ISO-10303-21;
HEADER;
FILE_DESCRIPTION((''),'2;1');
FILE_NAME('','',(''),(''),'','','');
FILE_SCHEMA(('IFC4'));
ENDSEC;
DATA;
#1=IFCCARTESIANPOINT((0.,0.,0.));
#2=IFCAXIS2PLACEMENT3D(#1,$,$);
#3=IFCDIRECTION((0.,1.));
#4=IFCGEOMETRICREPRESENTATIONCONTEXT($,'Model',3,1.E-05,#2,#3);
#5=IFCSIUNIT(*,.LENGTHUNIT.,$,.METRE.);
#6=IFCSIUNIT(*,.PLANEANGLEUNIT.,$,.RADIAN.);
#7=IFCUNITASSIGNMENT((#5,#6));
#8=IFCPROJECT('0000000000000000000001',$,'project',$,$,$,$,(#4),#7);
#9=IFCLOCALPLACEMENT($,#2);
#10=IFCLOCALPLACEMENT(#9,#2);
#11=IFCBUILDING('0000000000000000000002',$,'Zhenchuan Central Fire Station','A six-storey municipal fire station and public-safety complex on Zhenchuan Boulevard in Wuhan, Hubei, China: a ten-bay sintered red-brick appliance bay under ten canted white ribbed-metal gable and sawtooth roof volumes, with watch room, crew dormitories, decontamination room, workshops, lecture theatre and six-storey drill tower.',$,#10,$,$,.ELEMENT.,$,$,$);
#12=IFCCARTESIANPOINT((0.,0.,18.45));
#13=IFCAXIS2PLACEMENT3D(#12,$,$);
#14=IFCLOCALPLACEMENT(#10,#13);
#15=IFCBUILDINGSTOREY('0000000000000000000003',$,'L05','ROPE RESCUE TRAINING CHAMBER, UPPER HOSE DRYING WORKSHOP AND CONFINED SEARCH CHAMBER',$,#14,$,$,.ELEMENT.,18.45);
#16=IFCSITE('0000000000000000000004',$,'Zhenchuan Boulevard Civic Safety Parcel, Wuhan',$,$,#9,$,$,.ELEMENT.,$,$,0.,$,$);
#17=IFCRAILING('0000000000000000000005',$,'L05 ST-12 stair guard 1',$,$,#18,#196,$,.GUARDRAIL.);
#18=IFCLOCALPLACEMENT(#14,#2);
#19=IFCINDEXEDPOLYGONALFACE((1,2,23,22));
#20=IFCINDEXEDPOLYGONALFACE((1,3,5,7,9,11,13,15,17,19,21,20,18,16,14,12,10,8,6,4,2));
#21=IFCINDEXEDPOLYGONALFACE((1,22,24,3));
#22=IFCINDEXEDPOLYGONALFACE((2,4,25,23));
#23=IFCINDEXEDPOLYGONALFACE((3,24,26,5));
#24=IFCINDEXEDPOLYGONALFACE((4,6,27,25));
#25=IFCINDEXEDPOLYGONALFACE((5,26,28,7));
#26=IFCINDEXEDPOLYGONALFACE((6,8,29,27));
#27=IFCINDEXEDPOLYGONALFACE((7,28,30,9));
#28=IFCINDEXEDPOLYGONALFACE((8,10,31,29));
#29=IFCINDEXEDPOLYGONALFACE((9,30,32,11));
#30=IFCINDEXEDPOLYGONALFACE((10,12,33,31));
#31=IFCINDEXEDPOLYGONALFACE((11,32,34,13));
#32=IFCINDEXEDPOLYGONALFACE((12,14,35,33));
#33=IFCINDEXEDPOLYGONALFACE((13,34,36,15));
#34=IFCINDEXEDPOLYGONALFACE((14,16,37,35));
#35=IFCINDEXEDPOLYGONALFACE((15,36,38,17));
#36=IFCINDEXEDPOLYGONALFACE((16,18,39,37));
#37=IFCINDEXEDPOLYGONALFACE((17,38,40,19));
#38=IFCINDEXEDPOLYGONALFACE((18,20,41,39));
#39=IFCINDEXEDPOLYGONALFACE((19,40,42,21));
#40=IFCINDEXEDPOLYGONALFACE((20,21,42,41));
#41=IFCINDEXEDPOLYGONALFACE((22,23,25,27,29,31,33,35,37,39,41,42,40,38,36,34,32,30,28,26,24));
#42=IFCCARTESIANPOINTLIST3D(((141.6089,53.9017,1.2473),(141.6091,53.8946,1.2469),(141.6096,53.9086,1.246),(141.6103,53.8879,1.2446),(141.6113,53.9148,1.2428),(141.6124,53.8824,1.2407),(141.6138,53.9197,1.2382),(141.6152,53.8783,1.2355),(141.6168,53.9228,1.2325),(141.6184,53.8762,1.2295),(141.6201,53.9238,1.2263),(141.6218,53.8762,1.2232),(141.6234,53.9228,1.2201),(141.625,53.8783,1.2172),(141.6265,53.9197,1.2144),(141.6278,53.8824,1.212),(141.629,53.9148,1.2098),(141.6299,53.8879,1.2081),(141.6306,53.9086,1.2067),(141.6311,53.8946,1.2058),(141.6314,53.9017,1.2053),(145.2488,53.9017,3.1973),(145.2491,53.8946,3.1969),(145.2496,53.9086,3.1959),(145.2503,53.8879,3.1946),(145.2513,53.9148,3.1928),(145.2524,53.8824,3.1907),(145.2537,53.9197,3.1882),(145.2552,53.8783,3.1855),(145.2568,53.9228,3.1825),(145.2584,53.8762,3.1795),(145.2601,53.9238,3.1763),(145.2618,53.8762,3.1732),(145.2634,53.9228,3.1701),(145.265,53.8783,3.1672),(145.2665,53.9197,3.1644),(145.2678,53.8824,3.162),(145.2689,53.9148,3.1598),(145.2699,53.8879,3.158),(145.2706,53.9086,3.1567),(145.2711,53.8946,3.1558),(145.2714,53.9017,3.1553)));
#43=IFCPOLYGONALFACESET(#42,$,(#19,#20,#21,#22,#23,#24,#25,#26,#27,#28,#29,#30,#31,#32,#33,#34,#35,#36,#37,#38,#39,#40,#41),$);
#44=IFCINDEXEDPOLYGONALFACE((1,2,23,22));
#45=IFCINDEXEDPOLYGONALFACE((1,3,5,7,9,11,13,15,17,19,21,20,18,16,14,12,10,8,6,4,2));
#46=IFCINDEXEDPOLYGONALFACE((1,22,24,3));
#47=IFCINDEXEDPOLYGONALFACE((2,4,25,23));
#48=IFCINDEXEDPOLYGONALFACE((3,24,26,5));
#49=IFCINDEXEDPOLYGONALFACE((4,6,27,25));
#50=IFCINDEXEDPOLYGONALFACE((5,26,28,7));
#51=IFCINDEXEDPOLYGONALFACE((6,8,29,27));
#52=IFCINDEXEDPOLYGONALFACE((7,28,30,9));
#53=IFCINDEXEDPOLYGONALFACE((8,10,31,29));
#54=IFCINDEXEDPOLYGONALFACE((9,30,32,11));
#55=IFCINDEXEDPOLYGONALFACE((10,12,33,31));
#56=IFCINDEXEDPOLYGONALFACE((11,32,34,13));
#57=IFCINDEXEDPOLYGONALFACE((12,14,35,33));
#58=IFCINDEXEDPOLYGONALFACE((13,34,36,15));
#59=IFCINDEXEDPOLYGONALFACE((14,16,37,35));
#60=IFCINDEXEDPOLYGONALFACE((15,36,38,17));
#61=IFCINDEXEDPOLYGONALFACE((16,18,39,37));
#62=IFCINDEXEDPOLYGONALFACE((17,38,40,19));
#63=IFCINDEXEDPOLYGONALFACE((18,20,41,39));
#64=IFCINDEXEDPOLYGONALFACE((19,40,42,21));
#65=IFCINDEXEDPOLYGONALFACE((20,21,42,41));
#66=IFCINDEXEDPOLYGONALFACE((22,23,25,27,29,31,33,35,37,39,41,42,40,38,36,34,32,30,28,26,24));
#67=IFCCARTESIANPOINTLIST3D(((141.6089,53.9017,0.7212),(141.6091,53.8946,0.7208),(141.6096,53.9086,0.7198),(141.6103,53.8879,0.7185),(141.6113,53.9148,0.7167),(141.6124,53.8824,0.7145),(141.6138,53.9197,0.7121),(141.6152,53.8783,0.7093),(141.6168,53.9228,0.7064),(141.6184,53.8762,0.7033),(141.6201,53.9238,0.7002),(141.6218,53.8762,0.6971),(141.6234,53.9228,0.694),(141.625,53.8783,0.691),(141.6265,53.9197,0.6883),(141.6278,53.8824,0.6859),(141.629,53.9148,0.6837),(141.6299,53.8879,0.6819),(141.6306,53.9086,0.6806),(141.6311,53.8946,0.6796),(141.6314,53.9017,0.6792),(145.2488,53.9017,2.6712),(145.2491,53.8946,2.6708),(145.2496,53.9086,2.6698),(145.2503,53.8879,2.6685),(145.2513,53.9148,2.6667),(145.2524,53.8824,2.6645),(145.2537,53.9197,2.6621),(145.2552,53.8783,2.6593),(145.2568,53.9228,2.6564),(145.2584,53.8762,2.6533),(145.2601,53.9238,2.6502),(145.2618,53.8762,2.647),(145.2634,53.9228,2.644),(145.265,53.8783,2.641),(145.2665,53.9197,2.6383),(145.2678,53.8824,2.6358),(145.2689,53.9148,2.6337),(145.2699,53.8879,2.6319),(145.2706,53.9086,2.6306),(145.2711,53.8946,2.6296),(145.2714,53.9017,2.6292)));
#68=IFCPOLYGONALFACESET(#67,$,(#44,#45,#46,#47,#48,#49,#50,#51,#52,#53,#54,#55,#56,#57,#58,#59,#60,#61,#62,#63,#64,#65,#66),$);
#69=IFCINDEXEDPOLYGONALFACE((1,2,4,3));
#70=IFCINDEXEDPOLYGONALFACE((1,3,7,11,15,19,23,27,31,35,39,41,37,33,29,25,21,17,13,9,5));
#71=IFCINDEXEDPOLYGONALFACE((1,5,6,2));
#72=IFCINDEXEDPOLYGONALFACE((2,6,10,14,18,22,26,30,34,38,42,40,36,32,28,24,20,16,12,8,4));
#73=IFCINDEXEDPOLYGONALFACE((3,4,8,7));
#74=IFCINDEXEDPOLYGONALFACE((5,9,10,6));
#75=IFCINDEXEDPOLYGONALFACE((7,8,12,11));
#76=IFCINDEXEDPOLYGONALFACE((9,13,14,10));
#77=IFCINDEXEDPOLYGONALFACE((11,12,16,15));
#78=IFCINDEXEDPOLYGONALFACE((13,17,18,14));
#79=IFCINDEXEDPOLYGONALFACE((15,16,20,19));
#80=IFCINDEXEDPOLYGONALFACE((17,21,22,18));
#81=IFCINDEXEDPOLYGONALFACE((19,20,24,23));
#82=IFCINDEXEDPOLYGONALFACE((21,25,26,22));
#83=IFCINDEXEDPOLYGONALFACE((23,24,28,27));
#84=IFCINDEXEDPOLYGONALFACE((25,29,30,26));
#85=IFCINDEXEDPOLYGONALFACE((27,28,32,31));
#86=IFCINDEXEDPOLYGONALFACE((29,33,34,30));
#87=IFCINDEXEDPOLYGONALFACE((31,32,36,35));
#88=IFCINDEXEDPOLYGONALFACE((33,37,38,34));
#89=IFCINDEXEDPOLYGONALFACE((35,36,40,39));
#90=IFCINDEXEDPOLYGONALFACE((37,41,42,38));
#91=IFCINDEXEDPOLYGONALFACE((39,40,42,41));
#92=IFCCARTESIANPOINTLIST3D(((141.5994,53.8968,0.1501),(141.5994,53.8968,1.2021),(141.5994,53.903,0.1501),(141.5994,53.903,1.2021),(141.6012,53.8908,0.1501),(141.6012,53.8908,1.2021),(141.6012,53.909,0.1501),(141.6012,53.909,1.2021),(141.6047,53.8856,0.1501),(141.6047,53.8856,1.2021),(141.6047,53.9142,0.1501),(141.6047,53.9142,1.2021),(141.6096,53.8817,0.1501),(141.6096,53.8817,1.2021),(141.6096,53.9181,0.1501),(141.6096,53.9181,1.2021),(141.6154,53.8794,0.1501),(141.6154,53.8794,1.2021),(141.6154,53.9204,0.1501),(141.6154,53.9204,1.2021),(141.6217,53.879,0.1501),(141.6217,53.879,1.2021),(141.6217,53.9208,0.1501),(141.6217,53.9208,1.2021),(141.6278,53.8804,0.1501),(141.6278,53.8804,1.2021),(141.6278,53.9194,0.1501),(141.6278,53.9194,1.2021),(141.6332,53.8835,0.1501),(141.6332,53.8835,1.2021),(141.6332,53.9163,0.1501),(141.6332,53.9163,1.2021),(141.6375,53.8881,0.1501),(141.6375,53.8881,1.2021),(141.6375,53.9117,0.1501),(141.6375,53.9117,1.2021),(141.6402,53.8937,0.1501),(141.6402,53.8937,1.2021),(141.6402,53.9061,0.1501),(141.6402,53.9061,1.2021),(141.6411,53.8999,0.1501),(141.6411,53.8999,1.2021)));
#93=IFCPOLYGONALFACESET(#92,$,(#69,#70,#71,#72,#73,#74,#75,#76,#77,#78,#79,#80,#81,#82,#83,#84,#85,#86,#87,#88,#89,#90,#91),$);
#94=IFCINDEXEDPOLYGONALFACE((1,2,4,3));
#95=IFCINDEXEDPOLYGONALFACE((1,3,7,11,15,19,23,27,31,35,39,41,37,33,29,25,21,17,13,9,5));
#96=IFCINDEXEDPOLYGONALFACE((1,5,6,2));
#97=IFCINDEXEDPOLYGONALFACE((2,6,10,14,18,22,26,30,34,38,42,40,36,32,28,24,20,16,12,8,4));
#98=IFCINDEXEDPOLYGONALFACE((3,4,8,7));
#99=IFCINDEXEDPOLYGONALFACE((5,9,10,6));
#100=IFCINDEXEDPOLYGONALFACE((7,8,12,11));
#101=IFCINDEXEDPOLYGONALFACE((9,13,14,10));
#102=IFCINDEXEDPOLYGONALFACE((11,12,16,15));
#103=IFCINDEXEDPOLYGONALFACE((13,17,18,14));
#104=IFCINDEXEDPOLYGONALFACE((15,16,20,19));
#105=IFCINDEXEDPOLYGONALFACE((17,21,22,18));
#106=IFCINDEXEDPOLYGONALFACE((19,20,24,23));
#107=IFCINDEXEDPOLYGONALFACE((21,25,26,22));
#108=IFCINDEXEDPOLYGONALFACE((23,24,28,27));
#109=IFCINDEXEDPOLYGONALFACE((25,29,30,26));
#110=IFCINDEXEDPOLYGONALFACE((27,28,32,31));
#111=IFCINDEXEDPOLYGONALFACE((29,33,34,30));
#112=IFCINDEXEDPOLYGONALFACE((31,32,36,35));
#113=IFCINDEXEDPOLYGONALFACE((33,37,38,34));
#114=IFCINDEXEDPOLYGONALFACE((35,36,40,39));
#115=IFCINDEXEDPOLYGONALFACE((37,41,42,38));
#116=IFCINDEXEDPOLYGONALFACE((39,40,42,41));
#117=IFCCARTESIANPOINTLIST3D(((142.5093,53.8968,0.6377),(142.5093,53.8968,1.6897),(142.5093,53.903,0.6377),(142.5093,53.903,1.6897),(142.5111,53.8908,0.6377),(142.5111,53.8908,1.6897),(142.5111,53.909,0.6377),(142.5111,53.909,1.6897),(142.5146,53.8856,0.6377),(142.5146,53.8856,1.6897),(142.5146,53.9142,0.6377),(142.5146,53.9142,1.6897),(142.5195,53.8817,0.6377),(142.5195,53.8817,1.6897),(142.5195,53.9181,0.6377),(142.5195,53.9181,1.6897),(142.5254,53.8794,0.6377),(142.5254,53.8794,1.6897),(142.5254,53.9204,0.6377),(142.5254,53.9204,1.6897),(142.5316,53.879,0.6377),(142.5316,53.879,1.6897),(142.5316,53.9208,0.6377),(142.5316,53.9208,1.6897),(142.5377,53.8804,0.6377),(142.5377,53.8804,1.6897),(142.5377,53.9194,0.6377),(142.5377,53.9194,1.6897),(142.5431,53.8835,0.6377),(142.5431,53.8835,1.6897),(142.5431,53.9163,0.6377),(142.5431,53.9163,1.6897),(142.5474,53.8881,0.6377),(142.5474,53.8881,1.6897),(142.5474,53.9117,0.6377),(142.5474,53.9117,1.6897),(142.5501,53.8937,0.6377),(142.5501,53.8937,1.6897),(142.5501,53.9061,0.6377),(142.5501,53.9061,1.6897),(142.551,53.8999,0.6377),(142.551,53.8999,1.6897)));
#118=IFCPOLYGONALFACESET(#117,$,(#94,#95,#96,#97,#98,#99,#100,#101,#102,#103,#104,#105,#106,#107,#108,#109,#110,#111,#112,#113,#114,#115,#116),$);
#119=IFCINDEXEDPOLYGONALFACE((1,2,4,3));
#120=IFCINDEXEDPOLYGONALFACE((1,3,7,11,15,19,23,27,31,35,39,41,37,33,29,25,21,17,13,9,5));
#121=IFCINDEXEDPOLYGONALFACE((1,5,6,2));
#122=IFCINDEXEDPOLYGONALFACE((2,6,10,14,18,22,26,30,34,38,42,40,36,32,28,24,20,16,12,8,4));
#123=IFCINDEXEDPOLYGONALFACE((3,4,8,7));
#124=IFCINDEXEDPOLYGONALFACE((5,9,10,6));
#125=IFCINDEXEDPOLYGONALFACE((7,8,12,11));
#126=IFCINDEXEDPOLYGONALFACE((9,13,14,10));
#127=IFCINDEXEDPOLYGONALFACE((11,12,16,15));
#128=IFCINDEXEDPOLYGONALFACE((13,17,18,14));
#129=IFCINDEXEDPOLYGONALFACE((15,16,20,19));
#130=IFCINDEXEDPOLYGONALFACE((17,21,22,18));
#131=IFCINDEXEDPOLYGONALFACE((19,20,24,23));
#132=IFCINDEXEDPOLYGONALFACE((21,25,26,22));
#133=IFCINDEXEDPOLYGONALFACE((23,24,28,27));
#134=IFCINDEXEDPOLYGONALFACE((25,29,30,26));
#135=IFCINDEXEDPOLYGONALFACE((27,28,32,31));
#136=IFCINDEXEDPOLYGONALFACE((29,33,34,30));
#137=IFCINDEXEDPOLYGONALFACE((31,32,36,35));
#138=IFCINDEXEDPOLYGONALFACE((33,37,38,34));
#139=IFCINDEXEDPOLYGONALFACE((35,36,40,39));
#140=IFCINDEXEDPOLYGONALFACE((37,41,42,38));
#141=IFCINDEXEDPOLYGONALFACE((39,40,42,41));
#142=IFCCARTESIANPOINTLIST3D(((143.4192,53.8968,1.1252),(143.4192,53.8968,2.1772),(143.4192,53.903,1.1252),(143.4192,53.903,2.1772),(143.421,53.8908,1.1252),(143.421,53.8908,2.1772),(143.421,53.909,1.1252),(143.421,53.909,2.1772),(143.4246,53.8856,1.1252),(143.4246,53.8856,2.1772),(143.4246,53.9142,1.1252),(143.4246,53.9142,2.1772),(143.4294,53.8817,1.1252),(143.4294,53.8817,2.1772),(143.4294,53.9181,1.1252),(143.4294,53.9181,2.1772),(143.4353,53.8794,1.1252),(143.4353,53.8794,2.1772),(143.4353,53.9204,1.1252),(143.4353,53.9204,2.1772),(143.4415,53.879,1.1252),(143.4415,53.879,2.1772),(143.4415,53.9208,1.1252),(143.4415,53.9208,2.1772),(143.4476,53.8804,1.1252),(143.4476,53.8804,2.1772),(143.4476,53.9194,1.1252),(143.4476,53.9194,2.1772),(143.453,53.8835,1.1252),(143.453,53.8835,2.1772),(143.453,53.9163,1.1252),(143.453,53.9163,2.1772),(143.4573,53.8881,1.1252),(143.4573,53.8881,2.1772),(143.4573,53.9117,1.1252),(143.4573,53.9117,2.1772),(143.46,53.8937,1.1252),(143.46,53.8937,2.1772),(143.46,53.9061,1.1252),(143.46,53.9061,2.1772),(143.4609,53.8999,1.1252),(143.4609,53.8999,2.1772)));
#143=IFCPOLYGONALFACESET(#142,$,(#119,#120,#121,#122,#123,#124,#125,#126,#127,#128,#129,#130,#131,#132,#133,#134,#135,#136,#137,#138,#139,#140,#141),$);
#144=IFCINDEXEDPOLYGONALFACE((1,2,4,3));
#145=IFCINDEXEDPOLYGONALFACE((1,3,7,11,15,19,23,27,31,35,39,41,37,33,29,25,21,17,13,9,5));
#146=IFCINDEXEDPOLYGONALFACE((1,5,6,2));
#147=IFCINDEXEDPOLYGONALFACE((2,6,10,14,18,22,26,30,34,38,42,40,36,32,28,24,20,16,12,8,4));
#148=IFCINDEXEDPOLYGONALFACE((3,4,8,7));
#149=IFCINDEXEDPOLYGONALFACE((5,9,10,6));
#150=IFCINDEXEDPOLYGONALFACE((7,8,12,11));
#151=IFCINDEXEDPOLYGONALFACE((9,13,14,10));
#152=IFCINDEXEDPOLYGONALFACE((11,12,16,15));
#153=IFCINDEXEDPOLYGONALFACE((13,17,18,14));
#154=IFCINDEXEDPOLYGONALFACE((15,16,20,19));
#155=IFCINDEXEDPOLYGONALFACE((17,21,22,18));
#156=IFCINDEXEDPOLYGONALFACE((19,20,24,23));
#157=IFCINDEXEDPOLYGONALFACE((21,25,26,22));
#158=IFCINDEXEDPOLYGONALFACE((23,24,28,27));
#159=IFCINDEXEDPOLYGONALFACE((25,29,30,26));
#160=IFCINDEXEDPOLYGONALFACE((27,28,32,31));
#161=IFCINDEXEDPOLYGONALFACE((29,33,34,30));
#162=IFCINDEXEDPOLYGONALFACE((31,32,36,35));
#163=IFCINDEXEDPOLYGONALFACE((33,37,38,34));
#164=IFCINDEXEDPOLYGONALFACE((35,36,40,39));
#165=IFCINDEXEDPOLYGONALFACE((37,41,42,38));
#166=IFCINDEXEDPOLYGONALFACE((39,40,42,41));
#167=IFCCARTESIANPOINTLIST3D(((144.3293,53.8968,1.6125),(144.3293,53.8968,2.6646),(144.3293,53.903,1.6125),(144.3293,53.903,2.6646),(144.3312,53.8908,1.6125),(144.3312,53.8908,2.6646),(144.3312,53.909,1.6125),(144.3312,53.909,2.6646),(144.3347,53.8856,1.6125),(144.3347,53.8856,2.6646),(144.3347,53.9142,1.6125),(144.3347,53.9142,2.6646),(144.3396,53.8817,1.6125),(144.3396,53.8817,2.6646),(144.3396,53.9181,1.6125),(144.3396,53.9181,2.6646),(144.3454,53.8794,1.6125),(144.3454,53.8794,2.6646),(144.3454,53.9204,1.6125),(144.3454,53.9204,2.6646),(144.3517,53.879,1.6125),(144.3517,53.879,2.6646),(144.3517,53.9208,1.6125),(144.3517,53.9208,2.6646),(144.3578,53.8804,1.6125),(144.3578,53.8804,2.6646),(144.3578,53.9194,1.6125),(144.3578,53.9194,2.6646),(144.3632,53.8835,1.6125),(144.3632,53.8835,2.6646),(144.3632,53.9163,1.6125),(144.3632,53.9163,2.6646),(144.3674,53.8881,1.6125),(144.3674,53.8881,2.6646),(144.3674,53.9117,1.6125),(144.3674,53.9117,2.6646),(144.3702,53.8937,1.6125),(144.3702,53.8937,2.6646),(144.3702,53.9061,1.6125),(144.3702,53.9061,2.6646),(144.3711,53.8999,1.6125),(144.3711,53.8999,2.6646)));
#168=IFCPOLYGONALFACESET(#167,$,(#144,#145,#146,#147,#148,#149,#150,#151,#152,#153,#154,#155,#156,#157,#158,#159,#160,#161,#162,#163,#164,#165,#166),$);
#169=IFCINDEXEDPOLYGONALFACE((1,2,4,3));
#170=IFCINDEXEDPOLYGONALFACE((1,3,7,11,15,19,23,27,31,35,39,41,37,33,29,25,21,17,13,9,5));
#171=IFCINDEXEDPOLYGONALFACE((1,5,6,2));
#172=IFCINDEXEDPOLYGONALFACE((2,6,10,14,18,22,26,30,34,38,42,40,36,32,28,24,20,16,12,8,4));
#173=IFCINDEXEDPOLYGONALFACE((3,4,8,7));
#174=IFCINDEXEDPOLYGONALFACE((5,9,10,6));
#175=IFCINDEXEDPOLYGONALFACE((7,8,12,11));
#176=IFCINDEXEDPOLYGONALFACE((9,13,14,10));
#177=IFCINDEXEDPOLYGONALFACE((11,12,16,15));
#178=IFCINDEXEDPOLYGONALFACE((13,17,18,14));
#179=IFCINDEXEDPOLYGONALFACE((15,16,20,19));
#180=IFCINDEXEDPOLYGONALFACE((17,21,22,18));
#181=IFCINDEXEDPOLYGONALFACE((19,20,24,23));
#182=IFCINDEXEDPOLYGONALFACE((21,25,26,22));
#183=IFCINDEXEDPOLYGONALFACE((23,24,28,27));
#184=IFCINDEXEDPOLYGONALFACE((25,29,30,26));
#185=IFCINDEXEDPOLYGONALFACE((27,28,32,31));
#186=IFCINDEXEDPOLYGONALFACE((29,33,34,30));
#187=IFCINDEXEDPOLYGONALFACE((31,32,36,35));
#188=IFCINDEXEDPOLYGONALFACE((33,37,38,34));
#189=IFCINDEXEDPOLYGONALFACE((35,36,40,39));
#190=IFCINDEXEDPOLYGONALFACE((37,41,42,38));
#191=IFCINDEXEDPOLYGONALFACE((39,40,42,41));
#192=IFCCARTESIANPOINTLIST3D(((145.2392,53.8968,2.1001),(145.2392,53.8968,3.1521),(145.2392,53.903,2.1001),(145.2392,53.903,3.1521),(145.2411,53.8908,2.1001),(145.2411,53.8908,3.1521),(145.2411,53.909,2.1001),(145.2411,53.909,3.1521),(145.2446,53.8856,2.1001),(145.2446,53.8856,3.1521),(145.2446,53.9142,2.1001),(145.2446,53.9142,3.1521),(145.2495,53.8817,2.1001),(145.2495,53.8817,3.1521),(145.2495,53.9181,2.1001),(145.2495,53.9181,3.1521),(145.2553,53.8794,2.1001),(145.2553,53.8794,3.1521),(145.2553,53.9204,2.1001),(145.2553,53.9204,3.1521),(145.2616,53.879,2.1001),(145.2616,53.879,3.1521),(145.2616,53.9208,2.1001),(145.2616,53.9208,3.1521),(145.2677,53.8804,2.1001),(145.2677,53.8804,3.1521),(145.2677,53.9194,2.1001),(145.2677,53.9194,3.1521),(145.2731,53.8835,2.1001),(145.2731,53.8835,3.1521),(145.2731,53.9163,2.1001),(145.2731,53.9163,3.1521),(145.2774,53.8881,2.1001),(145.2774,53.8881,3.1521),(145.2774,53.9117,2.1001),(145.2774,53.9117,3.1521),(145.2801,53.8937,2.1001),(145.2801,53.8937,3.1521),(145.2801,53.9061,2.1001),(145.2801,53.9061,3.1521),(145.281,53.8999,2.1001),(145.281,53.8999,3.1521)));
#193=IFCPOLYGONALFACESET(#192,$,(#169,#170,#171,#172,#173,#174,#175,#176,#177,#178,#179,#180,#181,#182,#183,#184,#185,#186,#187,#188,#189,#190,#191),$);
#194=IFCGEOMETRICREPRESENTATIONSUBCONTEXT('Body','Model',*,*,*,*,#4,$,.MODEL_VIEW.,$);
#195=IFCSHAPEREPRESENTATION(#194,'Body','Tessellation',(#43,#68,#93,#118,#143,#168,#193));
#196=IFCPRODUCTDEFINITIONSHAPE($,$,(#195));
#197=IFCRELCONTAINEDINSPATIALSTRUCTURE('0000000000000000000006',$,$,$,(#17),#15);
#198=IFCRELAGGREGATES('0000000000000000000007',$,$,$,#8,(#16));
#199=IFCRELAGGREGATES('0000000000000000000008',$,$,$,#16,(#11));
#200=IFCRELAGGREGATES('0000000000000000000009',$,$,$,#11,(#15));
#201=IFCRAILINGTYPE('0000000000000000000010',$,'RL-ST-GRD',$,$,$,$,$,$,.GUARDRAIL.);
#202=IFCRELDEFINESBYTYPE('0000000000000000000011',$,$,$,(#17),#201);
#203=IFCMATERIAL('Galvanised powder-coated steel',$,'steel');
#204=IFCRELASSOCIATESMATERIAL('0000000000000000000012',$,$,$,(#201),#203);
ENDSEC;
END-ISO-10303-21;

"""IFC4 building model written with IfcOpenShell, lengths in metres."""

from ifc_helpers import new_model, si_unit, direction, frame, origin, origin_2d, place, context, subcontext, project, spatial, circle, extrude, material, type_object, element, save


model = new_model("IFC4")

# Units and contexts
model_context = context("Model", 3, precision=1e-05, world=origin(), true_north=direction((0.0, 1.0)))
body_context = subcontext(model_context, "Body", "Model", "MODEL_VIEW")
ifc_project = project(units=[si_unit("LENGTHUNIT", "METRE"), si_unit("PLANEANGLEUNIT", "RADIAN")], contexts=[model_context])

# Site, building, storey
site_placement = place(None, origin())
site = spatial("IfcSite", under=ifc_project, at=site_placement, Name="Zhenchuan Boulevard Civic Safety Parcel, Wuhan", CompositionType="ELEMENT", RefElevation=0.0)
building_placement = place(site_placement, origin())
building = spatial("IfcBuilding", under=site, at=building_placement, Name="Zhenchuan Central Fire Station", Description="A six-storey municipal fire station and public-safety complex on Zhenchuan Boulevard in Wuhan, Hubei, China: a ten-bay sintered red-brick appliance bay under ten canted white ribbed-metal gable and sawtooth roof volumes, with watch room, crew dormitories, decontamination room, workshops, lecture theatre and six-storey drill tower.", CompositionType="ELEMENT")
storey_placement = place(building_placement, frame((0.0, 0.0, 18.45)))
storey = spatial("IfcBuildingStorey", under=building, at=storey_placement, Name="L05", Description="ROPE RESCUE TRAINING CHAMBER, UPPER HOSE DRYING WORKSHOP AND CONFINED SEARCH CHAMBER", CompositionType="ELEMENT", Elevation=18.45)

# Railing
ifc_material_1 = material(Name="Galvanised powder-coated steel", Category="steel")
railing_type_1 = type_object("IfcRailingType", Name="RL-ST-GRD", PredefinedType="GUARDRAIL", material=ifc_material_1)
railing_1_placement = place(storey_placement, frame((141.6201, 53.8999, 0.1501)))
element("IfcRailing", 1, at=railing_1_placement, inside=storey, type_object=railing_type_1, Name="L05 ST-12 stair guard 1", PredefinedType="GUARDRAIL", context=body_context, shape_type="SweptSolid", body=[
    extrude(circle(Radius=0.0239, at=origin_2d()), frame((0.0, 0.0, 1.0762), z_axis=(0.881479, 0.0, 0.472223), x_axis=(0.0, 1.0, 0.0)), (0.0, 0.0, 1.0), 4.1294),
    extrude(circle(Radius=0.0239, at=origin_2d()), frame((0.0, 0.0, 0.55), z_axis=(0.881479, 0.0, 0.472223), x_axis=(0.0, 1.0, 0.0)), (0.0, 0.0, 1.0), 4.1294),
    extrude(circle(Radius=0.021, at=origin_2d()), origin(), (0.0, 0.0, 1.0), 1.052),
    extrude(circle(Radius=0.021, at=origin_2d()), frame((0.9099, 0.0, 0.4875)), (0.0, 0.0, 1.0), 1.052),
    extrude(circle(Radius=0.021, at=origin_2d()), frame((1.8198, 0.0, 0.9751)), (0.0, 0.0, 1.0), 1.052),
    extrude(circle(Radius=0.021, at=origin_2d()), frame((2.73, 0.0, 1.4624)), (0.0, 0.0, 1.0), 1.052),
    extrude(circle(Radius=0.021, at=origin_2d()), frame((3.6399, 0.0, 1.95)), (0.0, 0.0, 1.0), 1.052),
])

save(model, "model.ifc")
